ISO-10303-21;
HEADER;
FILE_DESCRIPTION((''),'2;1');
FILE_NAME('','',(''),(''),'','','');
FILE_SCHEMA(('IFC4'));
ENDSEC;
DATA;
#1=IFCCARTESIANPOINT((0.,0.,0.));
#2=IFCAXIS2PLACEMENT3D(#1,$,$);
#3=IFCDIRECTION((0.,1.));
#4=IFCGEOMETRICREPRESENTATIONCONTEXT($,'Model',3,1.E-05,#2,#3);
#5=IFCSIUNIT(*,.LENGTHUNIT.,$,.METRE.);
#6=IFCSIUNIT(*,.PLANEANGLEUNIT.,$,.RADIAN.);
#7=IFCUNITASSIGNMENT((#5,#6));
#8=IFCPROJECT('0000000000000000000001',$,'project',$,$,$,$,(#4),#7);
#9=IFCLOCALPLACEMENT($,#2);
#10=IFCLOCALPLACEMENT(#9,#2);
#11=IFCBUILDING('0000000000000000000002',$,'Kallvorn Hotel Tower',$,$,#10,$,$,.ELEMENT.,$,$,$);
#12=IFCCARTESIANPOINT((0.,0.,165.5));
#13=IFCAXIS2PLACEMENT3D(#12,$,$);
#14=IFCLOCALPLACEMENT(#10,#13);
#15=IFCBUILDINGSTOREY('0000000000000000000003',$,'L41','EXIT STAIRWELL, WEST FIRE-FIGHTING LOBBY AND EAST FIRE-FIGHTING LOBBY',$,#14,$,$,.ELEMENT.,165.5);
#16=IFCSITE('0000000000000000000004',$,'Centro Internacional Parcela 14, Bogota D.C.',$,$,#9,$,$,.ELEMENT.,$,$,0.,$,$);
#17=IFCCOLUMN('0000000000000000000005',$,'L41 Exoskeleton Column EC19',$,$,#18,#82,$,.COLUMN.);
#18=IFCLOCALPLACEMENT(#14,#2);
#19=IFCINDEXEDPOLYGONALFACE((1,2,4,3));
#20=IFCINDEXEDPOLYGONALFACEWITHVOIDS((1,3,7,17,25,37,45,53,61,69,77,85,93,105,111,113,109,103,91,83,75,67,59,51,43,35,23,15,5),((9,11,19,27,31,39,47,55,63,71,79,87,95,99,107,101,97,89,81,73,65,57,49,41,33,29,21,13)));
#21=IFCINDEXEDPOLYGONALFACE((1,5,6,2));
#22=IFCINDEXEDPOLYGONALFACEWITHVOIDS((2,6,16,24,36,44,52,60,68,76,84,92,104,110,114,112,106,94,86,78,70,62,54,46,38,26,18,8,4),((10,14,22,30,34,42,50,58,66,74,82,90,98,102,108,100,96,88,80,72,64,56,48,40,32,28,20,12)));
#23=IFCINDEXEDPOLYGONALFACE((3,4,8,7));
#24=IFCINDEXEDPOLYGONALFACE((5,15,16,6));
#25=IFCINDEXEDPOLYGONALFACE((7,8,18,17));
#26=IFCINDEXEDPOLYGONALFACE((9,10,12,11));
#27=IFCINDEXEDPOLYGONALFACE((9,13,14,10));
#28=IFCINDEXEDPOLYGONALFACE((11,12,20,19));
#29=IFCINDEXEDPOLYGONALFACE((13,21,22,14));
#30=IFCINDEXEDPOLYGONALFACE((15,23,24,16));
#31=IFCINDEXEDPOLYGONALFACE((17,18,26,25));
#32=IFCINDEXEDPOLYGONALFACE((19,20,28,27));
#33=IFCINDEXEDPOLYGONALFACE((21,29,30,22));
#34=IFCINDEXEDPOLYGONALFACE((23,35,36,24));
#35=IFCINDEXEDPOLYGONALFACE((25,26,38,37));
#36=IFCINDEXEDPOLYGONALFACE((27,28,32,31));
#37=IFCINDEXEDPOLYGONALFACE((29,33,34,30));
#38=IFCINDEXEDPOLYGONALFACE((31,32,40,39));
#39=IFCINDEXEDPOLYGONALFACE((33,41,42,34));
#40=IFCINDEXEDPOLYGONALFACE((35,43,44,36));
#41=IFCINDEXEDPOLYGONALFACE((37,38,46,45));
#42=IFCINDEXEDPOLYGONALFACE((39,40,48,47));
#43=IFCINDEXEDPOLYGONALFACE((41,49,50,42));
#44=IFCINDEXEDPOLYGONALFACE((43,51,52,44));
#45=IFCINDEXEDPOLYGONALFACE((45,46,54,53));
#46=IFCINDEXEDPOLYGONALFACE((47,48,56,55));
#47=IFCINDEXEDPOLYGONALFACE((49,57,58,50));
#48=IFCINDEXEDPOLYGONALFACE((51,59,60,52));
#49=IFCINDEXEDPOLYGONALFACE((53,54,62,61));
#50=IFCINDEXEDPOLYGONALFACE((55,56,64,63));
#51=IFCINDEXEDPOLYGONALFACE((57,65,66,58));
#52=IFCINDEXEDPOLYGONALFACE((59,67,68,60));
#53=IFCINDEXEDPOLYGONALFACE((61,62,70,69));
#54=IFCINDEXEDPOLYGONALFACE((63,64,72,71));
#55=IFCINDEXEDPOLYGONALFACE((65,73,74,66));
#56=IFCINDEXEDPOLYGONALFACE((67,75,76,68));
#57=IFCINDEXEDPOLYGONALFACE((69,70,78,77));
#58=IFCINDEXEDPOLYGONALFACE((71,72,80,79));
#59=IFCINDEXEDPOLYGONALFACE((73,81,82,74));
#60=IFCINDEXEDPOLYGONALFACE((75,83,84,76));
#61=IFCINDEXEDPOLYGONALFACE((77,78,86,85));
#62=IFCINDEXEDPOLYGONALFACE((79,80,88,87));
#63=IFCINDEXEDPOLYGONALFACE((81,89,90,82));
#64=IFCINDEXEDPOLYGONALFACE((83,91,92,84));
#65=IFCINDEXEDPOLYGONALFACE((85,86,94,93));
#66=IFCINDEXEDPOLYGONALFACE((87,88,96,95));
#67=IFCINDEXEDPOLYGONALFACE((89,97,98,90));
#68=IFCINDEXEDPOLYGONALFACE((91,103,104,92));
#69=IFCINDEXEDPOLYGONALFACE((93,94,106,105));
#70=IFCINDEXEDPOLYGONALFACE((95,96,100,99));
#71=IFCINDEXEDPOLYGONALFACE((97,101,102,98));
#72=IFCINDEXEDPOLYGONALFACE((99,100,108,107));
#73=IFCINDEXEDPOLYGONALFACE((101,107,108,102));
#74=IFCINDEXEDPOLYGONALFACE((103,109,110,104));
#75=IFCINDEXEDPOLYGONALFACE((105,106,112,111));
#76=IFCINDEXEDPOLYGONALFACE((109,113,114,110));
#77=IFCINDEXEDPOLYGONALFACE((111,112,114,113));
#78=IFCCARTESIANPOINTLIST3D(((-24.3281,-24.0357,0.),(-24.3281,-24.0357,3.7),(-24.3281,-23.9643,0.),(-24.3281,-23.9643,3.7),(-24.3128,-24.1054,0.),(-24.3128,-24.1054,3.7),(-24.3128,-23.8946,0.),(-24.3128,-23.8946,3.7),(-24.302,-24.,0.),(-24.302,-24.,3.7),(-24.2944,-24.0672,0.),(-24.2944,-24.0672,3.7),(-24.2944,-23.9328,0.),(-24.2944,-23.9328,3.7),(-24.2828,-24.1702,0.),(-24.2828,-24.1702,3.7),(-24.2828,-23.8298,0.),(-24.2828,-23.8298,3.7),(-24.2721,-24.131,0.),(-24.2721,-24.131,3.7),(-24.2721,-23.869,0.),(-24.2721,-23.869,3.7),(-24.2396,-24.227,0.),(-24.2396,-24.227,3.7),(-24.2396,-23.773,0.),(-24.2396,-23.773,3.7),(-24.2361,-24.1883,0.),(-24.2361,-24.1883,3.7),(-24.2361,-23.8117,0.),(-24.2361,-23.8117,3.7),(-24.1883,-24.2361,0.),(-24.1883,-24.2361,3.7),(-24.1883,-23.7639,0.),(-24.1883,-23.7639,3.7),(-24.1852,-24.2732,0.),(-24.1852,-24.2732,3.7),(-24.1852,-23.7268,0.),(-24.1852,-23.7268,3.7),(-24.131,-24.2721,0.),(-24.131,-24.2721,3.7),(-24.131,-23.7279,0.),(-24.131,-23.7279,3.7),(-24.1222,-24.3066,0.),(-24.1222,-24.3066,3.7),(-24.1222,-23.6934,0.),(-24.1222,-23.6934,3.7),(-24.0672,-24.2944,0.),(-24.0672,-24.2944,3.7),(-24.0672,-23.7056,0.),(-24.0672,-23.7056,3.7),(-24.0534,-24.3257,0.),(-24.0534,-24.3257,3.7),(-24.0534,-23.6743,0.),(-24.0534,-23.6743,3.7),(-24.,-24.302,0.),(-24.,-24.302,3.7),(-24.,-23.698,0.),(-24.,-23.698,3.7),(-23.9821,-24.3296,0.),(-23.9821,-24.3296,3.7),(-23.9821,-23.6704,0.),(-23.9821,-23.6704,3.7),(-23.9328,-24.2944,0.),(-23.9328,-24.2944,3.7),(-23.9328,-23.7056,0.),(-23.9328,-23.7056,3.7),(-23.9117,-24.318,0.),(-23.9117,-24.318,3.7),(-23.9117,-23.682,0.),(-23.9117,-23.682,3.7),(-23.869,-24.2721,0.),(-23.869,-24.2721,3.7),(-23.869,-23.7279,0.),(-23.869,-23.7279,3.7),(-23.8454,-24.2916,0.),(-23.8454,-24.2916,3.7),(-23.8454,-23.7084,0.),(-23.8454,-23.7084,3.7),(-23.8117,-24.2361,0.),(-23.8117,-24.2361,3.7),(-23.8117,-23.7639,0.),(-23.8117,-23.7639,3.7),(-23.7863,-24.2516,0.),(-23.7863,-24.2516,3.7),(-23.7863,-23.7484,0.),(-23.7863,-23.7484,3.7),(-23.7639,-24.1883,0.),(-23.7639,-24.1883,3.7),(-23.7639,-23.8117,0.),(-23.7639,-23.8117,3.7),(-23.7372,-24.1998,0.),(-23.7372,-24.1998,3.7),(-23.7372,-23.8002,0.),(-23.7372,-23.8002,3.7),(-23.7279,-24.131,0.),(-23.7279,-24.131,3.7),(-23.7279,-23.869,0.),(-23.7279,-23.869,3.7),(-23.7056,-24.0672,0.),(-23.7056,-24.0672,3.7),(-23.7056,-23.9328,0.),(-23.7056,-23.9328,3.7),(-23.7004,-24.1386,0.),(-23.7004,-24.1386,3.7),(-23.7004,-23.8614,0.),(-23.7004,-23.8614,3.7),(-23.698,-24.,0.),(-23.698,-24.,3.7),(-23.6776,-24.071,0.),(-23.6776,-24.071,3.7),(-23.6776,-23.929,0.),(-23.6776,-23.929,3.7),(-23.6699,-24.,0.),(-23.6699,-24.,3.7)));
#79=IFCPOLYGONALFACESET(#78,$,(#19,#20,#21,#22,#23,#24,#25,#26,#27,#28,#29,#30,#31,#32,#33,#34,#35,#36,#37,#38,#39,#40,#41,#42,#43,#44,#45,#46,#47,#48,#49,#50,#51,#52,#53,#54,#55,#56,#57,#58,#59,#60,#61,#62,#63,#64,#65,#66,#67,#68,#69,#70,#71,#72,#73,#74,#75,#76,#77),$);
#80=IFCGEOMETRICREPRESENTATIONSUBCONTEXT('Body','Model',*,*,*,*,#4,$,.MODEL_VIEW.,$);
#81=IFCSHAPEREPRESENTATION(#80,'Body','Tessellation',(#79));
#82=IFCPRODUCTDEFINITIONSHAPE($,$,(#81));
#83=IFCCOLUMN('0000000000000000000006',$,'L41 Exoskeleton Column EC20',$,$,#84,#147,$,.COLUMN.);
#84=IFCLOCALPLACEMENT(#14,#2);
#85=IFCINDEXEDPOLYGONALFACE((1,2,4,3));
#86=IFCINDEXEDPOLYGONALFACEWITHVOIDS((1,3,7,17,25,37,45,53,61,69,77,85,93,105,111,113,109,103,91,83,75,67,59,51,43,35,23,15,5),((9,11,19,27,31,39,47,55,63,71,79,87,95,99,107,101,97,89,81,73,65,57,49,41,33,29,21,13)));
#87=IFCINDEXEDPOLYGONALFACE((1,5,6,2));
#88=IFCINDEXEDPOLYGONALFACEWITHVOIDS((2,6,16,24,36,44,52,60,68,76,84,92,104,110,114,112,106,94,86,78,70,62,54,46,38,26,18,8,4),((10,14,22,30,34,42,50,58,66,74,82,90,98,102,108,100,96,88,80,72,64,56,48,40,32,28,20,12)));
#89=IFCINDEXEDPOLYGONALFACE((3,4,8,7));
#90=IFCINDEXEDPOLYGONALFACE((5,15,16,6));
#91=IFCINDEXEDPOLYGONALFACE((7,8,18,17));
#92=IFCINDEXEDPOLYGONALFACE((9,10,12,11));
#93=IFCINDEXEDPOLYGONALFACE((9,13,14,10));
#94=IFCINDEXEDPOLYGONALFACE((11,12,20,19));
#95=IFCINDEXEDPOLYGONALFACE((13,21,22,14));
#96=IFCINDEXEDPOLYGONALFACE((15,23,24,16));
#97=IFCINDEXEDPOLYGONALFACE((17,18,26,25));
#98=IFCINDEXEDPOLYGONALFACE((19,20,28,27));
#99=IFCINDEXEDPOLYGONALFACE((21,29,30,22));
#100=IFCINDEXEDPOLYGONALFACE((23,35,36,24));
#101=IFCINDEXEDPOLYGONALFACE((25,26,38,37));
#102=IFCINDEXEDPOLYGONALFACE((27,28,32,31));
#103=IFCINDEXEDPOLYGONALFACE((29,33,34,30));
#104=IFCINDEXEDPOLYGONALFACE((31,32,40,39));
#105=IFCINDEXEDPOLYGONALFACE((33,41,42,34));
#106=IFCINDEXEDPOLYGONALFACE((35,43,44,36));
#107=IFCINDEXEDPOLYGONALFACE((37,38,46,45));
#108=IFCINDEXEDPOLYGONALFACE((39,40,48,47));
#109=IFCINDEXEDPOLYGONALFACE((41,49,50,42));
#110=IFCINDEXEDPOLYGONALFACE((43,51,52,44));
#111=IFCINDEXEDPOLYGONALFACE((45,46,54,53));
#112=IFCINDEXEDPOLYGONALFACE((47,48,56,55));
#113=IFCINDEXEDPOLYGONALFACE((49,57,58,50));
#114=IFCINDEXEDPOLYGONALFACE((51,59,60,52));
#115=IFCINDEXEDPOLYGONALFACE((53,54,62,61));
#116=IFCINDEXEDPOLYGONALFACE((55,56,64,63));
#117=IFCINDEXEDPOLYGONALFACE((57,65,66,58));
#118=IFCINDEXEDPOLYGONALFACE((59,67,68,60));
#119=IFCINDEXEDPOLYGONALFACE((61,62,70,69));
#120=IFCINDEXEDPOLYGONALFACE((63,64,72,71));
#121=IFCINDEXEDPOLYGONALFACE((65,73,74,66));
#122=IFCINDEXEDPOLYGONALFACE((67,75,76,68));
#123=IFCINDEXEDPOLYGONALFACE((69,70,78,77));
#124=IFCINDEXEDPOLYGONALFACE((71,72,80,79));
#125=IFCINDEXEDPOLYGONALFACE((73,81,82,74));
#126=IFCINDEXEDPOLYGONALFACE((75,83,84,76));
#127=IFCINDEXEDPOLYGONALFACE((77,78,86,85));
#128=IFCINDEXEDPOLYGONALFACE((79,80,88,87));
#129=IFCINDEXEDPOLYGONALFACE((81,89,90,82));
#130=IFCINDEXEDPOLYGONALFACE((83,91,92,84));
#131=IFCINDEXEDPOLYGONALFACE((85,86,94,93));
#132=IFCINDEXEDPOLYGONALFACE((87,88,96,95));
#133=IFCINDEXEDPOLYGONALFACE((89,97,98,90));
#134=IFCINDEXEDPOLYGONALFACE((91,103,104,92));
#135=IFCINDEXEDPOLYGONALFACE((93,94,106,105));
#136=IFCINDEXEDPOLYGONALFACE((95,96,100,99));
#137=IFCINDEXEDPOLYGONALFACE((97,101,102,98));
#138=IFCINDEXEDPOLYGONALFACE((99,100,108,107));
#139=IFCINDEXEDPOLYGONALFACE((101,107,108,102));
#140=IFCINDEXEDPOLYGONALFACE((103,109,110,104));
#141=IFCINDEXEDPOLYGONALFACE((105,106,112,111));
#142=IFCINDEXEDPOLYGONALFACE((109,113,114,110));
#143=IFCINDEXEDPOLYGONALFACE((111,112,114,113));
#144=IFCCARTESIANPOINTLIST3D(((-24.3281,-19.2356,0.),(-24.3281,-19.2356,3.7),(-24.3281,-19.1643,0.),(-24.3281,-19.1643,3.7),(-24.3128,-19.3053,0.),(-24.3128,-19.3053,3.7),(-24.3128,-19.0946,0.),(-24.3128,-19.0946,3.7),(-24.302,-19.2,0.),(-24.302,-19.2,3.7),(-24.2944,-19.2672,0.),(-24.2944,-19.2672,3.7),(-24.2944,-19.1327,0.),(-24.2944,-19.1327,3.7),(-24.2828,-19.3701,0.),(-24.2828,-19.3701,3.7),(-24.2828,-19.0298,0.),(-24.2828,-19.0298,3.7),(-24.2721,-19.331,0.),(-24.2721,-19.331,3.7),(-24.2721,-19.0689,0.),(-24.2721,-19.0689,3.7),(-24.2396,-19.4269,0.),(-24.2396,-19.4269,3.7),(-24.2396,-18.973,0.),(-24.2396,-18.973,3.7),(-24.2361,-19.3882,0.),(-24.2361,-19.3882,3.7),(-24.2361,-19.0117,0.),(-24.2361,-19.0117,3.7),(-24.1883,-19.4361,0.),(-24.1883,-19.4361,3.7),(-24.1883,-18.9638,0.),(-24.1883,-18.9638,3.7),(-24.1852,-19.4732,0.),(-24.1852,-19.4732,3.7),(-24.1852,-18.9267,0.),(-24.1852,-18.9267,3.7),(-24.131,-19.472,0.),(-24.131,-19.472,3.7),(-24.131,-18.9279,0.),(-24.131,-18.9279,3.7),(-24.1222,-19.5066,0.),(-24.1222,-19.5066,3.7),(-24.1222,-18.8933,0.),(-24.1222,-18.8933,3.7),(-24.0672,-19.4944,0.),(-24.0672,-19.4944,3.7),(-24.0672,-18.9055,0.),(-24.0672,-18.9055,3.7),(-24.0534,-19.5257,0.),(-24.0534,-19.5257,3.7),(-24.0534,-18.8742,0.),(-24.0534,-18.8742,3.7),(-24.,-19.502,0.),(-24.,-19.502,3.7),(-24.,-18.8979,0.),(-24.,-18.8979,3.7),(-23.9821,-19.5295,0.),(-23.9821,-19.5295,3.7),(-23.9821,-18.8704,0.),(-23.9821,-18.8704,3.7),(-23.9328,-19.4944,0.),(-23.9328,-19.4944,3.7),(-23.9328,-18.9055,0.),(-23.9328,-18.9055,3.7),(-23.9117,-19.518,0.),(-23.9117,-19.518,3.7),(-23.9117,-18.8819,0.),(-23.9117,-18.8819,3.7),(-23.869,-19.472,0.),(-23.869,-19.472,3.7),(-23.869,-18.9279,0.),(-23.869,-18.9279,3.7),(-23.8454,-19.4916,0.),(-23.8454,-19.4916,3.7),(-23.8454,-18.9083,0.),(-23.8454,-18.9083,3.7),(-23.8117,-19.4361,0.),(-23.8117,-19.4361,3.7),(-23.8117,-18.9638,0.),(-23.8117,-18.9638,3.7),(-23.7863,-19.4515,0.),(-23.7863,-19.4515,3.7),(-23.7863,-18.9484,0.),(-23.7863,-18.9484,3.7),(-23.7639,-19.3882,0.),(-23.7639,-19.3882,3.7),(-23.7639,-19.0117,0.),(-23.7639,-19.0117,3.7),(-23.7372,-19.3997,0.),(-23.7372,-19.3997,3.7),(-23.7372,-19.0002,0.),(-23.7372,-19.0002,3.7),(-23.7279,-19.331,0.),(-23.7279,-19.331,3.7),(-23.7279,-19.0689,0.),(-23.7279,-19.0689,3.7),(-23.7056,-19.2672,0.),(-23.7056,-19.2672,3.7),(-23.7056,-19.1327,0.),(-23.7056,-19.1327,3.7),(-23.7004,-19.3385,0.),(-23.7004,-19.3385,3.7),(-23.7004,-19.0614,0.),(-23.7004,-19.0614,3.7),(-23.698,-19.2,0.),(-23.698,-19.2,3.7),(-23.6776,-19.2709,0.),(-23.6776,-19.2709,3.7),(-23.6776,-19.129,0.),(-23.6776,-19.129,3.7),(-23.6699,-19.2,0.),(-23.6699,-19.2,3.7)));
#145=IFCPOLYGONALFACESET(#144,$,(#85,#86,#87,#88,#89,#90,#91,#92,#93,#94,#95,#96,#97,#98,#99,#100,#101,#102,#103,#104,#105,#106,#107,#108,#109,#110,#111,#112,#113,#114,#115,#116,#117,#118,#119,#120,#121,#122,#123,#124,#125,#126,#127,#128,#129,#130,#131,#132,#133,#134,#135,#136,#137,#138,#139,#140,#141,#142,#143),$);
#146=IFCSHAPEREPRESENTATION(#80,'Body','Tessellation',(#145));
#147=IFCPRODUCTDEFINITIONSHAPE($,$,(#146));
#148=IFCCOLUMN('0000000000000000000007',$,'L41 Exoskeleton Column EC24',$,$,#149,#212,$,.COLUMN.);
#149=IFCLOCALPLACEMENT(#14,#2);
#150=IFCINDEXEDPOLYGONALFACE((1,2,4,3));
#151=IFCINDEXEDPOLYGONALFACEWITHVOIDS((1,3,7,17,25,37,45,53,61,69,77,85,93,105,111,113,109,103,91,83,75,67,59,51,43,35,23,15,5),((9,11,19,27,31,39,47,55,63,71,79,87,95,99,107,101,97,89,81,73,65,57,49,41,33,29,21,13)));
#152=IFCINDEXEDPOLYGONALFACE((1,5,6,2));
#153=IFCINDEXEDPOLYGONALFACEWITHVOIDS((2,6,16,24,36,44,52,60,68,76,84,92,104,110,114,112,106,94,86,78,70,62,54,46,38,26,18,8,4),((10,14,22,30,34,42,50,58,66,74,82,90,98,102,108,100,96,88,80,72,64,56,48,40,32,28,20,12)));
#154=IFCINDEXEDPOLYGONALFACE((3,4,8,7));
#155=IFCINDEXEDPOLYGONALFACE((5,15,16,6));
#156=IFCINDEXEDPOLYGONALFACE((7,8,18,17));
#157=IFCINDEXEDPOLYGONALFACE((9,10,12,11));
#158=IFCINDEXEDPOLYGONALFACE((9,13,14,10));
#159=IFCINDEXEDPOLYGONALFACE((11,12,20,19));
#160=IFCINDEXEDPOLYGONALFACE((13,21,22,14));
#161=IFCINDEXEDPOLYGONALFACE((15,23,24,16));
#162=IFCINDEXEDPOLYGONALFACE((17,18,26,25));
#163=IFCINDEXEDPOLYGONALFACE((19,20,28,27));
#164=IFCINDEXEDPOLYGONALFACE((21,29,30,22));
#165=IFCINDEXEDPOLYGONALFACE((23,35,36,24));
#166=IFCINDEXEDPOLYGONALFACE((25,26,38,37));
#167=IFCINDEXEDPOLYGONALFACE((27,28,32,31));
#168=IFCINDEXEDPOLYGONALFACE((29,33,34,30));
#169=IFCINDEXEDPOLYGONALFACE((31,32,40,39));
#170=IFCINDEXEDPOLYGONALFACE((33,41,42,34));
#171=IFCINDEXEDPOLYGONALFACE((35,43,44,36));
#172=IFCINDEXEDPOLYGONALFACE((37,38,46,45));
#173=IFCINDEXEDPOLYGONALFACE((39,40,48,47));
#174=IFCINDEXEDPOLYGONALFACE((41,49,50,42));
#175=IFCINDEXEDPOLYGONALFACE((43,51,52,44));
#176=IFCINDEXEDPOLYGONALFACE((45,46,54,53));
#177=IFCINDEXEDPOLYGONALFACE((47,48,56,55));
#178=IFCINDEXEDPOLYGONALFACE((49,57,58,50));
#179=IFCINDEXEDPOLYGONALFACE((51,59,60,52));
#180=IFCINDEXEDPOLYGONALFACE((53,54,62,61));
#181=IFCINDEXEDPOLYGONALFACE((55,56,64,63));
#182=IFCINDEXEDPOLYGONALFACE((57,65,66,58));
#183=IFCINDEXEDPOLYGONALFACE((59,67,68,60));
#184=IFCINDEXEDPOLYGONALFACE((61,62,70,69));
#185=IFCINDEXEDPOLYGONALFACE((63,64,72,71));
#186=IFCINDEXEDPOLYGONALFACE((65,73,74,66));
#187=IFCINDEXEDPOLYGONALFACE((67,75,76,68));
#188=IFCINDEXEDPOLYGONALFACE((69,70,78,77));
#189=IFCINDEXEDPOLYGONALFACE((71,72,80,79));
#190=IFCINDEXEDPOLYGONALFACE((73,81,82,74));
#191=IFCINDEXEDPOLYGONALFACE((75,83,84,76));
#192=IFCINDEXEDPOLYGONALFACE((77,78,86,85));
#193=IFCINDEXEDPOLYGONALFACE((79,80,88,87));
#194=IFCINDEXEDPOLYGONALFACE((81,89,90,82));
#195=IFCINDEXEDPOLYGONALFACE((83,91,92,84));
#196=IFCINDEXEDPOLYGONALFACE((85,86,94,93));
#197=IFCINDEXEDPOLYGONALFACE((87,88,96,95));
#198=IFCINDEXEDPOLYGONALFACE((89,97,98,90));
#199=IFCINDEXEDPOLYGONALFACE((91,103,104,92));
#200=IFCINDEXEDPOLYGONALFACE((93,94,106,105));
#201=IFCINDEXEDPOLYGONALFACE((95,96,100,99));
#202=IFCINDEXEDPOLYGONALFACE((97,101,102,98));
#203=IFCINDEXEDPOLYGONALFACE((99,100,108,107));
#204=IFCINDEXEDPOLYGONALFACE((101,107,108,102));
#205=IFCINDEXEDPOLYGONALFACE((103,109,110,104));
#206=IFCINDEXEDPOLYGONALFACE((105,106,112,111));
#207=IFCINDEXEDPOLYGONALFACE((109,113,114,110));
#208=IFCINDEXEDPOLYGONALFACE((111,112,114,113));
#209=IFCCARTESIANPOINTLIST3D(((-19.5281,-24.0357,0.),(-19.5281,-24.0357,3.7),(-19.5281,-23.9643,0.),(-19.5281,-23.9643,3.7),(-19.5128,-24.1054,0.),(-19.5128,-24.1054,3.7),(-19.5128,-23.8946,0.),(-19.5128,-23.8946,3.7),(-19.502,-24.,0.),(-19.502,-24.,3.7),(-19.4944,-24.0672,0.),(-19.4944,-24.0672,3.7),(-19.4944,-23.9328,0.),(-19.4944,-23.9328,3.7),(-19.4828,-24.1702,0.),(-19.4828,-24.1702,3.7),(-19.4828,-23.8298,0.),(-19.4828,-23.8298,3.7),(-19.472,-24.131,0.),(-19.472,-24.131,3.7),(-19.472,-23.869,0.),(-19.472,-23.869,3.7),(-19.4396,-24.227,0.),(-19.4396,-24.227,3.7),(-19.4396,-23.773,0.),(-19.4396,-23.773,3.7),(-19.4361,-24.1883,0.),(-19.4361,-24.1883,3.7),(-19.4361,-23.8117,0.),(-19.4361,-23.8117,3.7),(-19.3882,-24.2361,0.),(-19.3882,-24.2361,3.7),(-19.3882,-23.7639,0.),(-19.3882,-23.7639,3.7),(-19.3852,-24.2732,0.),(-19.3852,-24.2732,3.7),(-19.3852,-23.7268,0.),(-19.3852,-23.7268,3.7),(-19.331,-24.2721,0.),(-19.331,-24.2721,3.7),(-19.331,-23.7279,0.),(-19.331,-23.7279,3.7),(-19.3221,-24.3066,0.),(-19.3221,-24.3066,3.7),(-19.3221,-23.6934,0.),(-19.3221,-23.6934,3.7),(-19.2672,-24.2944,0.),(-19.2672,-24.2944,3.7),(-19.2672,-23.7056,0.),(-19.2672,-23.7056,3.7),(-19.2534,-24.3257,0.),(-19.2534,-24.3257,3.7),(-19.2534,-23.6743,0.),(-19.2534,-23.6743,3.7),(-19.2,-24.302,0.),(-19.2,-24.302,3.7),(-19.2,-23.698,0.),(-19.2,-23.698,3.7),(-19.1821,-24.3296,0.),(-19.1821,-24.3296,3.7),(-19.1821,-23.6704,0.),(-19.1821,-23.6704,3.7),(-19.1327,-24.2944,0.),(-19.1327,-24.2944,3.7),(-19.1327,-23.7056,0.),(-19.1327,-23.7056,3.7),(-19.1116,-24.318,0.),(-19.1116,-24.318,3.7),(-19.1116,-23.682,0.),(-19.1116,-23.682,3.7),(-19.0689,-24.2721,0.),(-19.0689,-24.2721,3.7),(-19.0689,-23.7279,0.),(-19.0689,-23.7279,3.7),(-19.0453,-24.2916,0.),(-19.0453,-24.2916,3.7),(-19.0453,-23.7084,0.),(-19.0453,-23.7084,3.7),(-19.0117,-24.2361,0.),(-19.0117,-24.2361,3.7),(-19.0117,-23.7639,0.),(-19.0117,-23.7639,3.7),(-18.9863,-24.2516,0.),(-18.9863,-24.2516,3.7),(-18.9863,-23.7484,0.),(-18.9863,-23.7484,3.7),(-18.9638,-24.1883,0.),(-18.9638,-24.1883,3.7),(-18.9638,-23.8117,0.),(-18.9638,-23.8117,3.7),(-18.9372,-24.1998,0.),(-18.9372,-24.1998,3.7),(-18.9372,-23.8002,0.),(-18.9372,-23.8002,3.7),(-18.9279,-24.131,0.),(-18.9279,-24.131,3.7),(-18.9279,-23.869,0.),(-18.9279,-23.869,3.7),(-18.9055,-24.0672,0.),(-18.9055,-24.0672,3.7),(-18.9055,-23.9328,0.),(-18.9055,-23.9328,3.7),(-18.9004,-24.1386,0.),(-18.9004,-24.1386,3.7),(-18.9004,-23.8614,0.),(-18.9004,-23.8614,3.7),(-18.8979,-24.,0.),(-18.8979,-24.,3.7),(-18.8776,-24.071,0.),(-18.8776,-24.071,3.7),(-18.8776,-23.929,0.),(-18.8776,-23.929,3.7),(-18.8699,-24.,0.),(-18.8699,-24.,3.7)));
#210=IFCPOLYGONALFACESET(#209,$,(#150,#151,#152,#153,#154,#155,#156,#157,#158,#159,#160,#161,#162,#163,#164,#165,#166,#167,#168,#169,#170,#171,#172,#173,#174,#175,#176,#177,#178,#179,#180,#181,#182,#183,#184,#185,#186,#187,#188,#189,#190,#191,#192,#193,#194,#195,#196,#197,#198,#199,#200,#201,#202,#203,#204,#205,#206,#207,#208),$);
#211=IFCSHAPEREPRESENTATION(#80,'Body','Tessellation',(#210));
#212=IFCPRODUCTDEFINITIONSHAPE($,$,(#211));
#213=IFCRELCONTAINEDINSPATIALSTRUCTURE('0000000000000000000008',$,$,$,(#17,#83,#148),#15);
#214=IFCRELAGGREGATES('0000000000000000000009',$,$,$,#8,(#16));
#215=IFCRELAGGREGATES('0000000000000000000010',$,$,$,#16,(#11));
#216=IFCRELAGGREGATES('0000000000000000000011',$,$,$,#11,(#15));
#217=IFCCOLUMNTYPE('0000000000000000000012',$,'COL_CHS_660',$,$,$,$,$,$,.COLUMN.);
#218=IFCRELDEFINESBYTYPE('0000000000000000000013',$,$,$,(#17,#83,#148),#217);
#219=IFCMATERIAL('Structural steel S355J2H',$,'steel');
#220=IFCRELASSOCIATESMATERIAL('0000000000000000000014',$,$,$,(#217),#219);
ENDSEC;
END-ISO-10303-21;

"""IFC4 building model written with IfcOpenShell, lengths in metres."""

from ifc_helpers import new_model, si_unit, direction, frame, origin, origin_2d, place, context, subcontext, project, spatial, hollow_circle, extrude, material, material_profile, profile_set, type_object, element, save


model = new_model("IFC4")

# Units and contexts
model_context = context("Model", 3, precision=1e-05, world=origin(), true_north=direction((0.0, 1.0)))
body_context = subcontext(model_context, "Body", "Model", "MODEL_VIEW")
ifc_project = project(units=[si_unit("LENGTHUNIT", "METRE"), si_unit("PLANEANGLEUNIT", "RADIAN")], contexts=[model_context])

# Site, building, storey
site_placement = place(None, origin())
site = spatial("IfcSite", under=ifc_project, at=site_placement, Name="Centro Internacional Parcela 14, Bogota D.C.", CompositionType="ELEMENT", RefElevation=0.0)
building_placement = place(site_placement, origin())
building = spatial("IfcBuilding", under=site, at=building_placement, Name="Kallvorn Hotel Tower", CompositionType="ELEMENT")
storey_placement = place(building_placement, frame((0.0, 0.0, 165.5)))
storey = spatial("IfcBuildingStorey", under=building, at=storey_placement, Name="L41", Description="EXIT STAIRWELL, WEST FIRE-FIGHTING LOBBY AND EAST FIRE-FIGHTING LOBBY", CompositionType="ELEMENT", Elevation=165.5)

# Columns
ifc_material_1 = material(Name="Structural steel S355J2H", Category="steel")
ifc_material_profile_1 = material_profile(ifc_material_1, hollow_circle(Radius=0.3301, WallThickness=0.0281, at=origin_2d()), Name="CHS 660x28")
ifc_profile_set_1 = profile_set([ifc_material_profile_1], Name="Structural steel S355J2H")
column_type = type_object("IfcColumnType", Name="COL_CHS_660", PredefinedType="COLUMN", material=ifc_profile_set_1)
for number, where, z_axis, x_axis, name in (
    (1, (-24.0, -24.0, 0.0), (0.0, 0.0, 1.0), (1.0, 0.0, 0.0), "L41 Exoskeleton Column EC19"),
    (2, (-24.0, -19.2, 0.0), (0.0, 0.0, 1.0), (1.0, 0.0, 0.0), "L41 Exoskeleton Column EC20"),
    (3, (-19.2, -24.0, 0.0), (0.0, 0.0, 1.0), (1.0, 0.0, 0.0), "L41 Exoskeleton Column EC24"),
):
    element("IfcColumn", number, at=place(storey_placement, frame(where, z_axis=z_axis, x_axis=x_axis)), inside=storey, type_object=column_type, Name=name, PredefinedType="COLUMN", context=body_context, shape_type="SweptSolid", body=[
        extrude(hollow_circle(Radius=0.3301, WallThickness=0.0281, at=origin_2d()), origin(), (0.0, 0.0, 1.0), 3.7),
    ])

save(model, "model.ifc")
